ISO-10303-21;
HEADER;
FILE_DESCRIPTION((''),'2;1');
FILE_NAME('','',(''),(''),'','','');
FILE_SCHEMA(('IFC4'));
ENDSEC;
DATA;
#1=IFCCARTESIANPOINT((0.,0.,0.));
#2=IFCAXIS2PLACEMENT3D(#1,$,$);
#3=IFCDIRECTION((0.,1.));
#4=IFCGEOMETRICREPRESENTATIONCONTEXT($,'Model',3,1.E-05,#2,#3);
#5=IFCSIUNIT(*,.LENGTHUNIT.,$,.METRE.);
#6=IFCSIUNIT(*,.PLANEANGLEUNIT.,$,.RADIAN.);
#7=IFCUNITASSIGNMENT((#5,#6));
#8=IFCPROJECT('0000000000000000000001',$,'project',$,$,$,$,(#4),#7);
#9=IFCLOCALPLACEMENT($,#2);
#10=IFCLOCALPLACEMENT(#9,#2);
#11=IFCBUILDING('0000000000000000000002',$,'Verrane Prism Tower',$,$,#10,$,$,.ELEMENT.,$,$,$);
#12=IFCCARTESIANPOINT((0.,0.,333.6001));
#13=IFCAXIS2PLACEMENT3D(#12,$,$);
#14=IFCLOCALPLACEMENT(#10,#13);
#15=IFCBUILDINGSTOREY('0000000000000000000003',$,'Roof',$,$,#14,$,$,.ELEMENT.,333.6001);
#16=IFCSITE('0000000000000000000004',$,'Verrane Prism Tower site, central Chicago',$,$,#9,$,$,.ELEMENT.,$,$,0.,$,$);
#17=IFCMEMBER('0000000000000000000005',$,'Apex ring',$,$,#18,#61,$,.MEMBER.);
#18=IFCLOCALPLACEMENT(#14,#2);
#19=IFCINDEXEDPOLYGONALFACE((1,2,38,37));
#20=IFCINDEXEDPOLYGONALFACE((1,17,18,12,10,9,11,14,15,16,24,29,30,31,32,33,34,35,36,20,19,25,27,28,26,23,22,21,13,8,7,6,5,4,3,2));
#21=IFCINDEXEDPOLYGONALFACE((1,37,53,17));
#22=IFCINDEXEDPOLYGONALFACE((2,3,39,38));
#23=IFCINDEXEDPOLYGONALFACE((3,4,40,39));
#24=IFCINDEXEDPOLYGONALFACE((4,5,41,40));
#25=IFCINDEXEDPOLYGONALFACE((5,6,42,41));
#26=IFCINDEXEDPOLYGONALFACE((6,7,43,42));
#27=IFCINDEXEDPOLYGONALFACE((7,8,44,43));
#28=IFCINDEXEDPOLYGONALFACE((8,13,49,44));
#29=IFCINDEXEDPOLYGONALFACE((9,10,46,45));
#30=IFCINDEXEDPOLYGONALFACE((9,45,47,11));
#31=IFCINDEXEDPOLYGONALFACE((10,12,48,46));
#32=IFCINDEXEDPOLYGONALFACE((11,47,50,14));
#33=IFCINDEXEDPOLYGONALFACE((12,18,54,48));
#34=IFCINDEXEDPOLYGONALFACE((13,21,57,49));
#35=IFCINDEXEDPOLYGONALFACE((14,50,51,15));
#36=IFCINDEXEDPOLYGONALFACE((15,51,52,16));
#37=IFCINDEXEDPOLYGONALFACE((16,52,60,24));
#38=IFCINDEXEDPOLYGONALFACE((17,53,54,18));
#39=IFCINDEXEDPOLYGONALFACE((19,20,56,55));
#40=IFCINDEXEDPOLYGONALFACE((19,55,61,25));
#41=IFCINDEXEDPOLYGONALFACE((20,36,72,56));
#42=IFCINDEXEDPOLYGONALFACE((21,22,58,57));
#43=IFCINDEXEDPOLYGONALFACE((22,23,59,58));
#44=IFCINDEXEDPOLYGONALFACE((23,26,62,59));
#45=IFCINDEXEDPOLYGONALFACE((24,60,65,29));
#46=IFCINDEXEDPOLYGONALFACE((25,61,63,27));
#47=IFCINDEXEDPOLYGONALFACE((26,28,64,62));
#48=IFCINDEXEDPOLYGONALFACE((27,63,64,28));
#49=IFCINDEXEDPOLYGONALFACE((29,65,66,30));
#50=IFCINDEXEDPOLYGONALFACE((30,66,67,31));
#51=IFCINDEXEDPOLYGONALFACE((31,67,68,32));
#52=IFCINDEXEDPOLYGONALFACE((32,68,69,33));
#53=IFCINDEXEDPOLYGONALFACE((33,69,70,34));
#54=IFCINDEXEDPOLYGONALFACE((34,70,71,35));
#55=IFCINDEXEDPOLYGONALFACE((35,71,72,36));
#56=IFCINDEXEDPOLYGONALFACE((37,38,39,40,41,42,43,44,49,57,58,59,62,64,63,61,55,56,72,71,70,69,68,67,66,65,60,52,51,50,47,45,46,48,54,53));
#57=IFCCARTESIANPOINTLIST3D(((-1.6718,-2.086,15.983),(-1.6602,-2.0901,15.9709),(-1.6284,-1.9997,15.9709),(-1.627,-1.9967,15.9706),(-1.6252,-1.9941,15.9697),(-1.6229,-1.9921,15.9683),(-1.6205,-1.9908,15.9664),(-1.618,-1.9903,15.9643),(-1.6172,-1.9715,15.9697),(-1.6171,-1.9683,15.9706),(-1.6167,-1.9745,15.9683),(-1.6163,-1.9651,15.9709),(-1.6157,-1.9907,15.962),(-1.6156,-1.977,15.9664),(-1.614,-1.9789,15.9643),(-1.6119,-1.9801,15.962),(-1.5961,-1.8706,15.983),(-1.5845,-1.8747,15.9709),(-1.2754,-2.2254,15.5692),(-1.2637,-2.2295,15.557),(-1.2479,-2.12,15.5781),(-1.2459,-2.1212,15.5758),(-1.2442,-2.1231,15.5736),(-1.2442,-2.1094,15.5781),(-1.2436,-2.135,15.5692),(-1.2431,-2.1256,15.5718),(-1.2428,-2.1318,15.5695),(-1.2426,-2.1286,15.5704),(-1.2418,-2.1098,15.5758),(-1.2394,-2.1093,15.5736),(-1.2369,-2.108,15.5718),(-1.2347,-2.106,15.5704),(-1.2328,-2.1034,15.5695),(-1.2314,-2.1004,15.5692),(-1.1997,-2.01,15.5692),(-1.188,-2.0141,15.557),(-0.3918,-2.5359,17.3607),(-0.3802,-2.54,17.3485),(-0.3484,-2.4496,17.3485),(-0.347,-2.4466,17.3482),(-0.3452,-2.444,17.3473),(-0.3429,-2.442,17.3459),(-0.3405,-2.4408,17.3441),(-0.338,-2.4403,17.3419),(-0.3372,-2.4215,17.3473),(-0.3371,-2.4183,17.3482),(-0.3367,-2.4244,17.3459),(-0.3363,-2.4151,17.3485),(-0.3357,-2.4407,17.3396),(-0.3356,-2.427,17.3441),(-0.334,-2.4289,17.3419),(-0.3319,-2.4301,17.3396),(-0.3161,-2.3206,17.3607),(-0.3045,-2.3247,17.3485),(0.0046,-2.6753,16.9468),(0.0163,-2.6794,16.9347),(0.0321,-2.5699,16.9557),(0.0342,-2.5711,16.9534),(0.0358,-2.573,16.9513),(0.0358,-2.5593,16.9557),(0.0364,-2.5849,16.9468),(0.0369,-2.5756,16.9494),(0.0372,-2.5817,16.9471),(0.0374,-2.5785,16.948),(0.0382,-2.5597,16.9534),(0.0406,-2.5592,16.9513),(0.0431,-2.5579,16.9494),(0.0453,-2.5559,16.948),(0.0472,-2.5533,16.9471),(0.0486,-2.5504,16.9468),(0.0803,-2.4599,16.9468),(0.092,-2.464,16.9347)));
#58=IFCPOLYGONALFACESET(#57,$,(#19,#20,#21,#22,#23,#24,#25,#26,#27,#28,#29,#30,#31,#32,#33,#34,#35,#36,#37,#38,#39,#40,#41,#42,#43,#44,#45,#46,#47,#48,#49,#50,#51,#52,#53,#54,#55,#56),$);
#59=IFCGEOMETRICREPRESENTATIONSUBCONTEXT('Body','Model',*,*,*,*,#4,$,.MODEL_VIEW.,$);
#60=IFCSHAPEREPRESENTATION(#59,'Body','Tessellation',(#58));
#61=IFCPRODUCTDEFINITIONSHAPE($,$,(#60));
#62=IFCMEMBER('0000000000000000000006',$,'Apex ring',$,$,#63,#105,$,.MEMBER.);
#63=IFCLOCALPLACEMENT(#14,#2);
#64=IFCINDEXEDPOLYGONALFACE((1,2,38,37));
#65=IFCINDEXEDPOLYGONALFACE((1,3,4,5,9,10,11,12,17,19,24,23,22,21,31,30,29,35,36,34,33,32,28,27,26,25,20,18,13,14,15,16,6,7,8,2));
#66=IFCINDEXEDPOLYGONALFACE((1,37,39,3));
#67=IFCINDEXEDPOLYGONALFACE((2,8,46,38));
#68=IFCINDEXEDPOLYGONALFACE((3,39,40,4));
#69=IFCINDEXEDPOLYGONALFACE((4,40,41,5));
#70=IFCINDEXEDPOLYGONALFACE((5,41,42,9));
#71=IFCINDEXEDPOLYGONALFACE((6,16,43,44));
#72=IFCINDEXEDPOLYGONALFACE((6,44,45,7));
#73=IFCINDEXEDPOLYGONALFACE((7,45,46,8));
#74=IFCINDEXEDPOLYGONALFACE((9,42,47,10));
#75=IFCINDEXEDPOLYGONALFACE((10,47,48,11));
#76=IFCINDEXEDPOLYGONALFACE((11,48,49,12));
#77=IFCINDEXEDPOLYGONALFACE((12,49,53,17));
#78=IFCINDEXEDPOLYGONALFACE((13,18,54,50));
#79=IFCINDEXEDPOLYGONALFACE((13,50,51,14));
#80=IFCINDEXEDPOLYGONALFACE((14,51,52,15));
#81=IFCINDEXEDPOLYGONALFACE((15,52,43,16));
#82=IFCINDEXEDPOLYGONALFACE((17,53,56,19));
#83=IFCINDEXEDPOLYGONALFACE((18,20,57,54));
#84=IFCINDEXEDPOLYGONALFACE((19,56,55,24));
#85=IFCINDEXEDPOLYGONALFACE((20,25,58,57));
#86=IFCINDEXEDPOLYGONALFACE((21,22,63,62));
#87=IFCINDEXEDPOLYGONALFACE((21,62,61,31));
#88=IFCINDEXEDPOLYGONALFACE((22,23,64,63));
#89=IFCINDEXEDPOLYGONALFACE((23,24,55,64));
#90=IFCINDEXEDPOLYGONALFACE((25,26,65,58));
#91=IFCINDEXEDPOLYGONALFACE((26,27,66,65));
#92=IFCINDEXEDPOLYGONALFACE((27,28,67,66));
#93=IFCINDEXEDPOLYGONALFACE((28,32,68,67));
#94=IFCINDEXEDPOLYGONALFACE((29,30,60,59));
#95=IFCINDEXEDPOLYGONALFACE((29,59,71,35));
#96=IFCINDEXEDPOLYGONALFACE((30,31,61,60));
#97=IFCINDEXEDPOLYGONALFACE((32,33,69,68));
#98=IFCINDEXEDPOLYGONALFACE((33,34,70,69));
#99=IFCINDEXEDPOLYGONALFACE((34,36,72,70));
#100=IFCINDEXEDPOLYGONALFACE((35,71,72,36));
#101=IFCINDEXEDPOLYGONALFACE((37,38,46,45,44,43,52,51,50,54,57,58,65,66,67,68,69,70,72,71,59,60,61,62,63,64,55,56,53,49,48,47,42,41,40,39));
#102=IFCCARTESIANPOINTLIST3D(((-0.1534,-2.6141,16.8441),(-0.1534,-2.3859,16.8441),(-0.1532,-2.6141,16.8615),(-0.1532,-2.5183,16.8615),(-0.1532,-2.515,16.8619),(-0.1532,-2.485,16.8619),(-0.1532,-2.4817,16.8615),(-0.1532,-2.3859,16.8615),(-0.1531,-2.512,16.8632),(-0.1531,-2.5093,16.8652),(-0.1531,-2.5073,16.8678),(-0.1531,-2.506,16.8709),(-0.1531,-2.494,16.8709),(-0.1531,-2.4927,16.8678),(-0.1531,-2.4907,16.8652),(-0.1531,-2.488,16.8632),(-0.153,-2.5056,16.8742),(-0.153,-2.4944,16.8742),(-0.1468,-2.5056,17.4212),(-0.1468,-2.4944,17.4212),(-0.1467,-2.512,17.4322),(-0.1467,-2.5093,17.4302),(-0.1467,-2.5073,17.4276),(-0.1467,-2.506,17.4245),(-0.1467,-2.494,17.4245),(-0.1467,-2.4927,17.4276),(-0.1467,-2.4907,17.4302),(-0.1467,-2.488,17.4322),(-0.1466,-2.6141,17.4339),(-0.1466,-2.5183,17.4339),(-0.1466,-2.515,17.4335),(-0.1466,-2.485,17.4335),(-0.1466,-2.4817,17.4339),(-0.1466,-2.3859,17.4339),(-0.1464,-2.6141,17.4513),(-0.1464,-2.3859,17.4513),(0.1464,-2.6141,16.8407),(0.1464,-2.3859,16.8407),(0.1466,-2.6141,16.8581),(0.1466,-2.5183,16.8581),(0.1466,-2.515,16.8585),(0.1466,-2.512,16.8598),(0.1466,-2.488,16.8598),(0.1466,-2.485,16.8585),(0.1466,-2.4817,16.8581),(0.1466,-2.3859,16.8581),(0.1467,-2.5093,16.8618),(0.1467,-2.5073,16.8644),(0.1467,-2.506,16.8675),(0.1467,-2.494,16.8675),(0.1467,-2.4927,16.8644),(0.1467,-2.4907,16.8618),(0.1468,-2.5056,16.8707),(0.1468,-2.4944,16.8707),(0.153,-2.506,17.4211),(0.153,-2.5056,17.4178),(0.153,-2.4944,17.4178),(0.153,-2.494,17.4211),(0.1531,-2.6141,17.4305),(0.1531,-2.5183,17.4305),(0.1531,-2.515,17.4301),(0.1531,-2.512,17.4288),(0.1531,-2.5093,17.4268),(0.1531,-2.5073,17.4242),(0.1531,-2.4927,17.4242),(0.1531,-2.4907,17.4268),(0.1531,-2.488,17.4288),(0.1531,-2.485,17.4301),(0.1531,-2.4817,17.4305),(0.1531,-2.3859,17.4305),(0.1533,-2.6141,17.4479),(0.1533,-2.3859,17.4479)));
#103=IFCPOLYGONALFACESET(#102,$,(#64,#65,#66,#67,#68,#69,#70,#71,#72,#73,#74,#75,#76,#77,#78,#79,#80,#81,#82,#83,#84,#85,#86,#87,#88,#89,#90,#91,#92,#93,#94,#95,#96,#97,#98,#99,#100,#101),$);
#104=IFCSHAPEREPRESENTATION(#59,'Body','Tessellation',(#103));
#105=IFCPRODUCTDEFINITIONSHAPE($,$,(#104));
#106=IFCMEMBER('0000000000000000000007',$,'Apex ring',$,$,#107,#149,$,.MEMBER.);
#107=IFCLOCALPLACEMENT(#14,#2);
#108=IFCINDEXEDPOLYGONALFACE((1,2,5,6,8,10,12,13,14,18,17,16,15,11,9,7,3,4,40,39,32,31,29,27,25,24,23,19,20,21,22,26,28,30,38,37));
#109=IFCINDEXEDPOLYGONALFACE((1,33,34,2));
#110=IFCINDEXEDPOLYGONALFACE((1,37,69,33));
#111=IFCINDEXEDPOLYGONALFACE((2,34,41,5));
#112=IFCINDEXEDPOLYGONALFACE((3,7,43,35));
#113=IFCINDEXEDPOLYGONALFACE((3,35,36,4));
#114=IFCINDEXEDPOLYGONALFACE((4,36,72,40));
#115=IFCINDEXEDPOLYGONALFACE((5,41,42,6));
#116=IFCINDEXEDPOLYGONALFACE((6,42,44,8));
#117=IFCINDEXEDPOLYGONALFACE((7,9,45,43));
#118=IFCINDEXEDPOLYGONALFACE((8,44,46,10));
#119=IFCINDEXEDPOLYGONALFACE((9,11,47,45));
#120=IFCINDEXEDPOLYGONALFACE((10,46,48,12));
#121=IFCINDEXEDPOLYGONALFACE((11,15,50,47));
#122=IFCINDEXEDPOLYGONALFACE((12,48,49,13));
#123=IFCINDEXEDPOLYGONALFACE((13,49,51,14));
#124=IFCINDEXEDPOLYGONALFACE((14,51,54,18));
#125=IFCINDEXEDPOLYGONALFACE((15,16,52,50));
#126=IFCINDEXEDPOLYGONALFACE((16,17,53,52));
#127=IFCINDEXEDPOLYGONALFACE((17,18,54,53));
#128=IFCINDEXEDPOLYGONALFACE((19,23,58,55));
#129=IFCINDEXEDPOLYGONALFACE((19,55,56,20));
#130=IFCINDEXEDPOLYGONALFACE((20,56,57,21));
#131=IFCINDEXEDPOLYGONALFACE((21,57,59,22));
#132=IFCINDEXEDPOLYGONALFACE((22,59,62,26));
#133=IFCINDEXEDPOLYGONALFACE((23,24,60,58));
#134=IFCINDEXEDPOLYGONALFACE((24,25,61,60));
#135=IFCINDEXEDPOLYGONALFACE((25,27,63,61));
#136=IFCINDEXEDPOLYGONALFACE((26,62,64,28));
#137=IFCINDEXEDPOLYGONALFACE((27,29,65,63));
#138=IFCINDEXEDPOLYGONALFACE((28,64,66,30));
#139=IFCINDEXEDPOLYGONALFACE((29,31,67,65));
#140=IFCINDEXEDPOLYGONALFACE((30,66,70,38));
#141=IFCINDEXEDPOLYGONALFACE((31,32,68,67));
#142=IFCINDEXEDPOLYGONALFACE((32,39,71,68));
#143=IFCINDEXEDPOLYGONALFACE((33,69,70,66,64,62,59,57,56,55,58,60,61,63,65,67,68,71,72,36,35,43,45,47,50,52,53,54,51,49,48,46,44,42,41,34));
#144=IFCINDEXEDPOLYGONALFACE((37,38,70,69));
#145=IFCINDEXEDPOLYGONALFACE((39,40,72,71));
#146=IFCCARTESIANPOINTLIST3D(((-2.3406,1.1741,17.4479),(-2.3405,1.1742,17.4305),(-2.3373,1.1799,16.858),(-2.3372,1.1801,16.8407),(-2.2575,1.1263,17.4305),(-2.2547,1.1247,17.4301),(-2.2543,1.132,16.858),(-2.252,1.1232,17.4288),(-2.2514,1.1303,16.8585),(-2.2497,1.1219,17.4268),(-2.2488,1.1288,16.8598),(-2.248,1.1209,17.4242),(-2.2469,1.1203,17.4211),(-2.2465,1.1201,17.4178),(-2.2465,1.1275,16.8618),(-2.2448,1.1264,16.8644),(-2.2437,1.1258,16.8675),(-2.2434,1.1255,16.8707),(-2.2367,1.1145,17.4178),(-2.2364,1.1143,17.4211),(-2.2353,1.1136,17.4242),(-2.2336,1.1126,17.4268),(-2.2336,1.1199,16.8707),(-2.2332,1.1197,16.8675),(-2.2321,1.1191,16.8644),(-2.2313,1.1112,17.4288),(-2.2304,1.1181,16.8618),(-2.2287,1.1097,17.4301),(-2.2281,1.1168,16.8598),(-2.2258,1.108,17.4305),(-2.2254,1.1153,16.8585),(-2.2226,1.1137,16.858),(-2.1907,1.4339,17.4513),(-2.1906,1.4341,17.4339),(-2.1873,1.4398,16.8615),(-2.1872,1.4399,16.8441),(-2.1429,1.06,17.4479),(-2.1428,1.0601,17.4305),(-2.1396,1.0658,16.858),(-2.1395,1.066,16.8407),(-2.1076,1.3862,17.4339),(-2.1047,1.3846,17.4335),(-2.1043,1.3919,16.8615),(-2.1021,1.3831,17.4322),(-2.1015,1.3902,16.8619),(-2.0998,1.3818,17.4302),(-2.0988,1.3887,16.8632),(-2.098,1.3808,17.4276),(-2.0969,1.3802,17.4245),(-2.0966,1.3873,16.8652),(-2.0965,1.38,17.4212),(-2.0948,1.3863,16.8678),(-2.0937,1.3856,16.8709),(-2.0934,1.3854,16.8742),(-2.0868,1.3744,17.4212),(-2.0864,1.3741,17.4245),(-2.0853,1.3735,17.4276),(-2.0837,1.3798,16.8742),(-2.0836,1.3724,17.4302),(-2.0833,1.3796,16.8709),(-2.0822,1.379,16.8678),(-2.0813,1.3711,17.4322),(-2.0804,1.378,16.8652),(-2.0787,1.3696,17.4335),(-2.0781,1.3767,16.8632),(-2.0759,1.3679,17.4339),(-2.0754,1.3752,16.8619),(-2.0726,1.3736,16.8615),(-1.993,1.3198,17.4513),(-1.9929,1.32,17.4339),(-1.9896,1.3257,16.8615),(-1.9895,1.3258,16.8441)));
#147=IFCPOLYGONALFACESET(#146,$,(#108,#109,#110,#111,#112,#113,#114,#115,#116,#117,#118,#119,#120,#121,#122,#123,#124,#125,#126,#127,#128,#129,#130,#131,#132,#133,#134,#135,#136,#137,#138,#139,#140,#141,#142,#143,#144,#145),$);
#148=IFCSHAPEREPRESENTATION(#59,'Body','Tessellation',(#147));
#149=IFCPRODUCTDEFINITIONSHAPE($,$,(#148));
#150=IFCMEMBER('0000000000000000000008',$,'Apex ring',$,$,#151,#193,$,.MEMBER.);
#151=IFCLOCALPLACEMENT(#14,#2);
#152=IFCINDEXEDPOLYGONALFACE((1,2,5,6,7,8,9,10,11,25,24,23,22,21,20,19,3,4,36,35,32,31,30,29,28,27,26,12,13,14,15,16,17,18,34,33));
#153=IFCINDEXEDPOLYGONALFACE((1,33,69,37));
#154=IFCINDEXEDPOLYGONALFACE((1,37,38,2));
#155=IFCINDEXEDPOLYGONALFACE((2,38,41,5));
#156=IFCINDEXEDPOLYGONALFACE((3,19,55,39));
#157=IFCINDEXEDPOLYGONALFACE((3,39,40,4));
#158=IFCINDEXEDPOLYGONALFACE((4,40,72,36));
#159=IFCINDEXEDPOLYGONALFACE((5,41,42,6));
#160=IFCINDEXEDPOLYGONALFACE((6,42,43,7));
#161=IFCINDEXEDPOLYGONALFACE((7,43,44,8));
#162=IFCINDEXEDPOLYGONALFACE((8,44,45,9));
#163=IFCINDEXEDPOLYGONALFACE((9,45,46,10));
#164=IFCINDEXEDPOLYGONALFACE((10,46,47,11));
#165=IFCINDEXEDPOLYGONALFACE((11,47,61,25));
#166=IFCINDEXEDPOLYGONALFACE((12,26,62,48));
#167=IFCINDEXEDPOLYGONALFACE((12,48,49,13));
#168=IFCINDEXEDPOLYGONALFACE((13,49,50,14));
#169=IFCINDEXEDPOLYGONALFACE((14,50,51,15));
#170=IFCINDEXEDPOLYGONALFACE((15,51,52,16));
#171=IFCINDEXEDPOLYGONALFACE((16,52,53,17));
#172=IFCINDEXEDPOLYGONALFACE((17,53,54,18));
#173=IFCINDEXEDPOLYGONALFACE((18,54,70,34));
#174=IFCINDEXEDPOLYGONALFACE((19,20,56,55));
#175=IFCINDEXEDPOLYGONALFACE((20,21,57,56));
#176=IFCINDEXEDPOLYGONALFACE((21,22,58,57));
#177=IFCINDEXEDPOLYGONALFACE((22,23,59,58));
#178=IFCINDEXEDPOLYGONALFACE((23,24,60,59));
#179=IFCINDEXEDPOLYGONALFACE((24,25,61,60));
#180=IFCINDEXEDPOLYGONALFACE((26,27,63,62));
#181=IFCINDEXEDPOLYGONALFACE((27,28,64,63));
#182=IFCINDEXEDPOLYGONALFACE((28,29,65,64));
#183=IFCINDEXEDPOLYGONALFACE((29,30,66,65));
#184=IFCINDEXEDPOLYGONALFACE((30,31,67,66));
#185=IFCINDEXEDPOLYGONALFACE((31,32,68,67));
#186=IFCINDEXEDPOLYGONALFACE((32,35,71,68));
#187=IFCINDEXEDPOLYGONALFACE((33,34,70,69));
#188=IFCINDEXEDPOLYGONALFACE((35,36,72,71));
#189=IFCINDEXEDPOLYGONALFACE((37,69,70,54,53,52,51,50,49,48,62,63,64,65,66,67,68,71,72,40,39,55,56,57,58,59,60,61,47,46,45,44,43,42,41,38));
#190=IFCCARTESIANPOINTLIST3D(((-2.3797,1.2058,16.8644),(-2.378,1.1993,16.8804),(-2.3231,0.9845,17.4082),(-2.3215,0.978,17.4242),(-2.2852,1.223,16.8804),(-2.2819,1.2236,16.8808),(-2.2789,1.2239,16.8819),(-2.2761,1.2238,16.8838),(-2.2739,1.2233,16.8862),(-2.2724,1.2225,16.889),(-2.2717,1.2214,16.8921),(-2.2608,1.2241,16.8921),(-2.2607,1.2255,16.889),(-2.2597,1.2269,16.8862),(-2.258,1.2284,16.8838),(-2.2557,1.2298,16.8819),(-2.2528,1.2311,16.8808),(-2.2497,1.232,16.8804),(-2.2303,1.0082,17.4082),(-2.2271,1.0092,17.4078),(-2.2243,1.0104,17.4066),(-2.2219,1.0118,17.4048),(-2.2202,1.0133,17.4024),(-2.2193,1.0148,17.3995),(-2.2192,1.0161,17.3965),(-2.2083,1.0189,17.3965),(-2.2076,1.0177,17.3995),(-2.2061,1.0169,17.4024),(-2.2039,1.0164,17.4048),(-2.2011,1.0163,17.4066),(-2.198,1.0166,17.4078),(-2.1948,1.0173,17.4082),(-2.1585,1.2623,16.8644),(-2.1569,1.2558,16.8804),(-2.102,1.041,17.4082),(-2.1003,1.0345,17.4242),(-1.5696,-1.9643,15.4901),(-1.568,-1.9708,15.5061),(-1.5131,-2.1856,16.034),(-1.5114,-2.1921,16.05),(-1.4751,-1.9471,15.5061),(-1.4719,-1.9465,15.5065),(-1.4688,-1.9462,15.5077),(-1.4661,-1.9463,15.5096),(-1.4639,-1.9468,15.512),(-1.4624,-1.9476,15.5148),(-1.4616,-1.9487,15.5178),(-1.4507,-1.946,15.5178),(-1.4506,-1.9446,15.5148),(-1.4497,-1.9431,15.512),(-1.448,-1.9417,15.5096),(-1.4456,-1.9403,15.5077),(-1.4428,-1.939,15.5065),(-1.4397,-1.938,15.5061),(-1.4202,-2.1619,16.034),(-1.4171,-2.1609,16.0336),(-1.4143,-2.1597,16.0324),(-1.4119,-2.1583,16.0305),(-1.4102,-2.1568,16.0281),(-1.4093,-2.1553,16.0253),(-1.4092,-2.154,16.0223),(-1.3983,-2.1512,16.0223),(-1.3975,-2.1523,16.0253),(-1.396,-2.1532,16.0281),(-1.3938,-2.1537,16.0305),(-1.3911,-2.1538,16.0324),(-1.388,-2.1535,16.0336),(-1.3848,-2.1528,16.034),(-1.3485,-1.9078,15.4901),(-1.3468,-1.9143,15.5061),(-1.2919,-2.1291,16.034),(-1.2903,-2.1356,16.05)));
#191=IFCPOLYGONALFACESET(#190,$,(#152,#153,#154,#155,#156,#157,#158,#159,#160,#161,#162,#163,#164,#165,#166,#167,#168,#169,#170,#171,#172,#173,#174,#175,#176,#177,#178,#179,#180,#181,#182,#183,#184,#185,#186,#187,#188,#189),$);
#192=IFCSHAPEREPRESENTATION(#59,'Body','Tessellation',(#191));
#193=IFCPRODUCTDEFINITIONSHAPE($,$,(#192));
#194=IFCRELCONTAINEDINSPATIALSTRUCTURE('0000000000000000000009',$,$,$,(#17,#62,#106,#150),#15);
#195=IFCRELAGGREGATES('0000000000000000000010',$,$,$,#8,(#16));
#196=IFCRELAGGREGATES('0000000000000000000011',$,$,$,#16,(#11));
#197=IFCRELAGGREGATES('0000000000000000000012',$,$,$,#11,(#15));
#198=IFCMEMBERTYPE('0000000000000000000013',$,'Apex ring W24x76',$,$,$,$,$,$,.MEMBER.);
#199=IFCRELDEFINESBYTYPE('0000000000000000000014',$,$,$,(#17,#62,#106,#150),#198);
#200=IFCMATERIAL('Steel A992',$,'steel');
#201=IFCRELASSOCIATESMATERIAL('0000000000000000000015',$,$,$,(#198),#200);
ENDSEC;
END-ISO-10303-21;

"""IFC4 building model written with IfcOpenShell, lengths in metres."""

from ifc_helpers import new_model, si_unit, direction, frame, origin, origin_2d, place, context, subcontext, project, spatial, i_section, extrude, material, material_profile, profile_set, type_object, element, save


model = new_model("IFC4")

# Units and contexts
model_context = context("Model", 3, precision=1e-05, world=origin(), true_north=direction((0.0, 1.0)))
body_context = subcontext(model_context, "Body", "Model", "MODEL_VIEW")
ifc_project = project(units=[si_unit("LENGTHUNIT", "METRE"), si_unit("PLANEANGLEUNIT", "RADIAN")], contexts=[model_context])

# Site, building, storey
site_placement = place(None, origin())
site = spatial("IfcSite", under=ifc_project, at=site_placement, Name="Verrane Prism Tower site, central Chicago", CompositionType="ELEMENT", RefElevation=0.0)
building_placement = place(site_placement, origin())
building = spatial("IfcBuilding", under=site, at=building_placement, Name="Verrane Prism Tower", CompositionType="ELEMENT")
storey_placement = place(building_placement, frame((0.0, 0.0, 333.6001)))
storey = spatial("IfcBuildingStorey", under=building, at=storey_placement, Name="Roof", CompositionType="ELEMENT", Elevation=333.6001)

# Members
ifc_material_1 = material(Name="Steel A992", Category="steel")
ifc_material_profile_1 = material_profile(ifc_material_1, i_section(OverallWidth=0.2283, OverallDepth=0.6072, WebThickness=0.0112, FlangeThickness=0.0173, FilletRadius=0.0127, at=origin_2d()), Name="W24x76")
ifc_profile_set_1 = profile_set([ifc_material_profile_1], Name="Steel A992")
member_type_1 = type_object("IfcMemberType", Name="Apex ring W24x76", PredefinedType="MEMBER", material=ifc_profile_set_1)
member_1_placement = place(storey_placement, frame((-1.4299, -2.05, 15.77), z_axis=(0.66198, -0.232697, 0.712484), x_axis=(0.331625, 0.943411, 0.0)))
element("IfcMember", 1, at=member_1_placement, inside=storey, type_object=member_type_1, Name="Apex ring", PredefinedType="MEMBER", context=body_context, shape_type="SweptSolid", body=[
    extrude(i_section(OverallWidth=0.2283, OverallDepth=0.6072, WebThickness=0.0112, FlangeThickness=0.0173, FilletRadius=0.0127, at=origin_2d()), origin(), (0.0, 0.0, 1.0), 1.9336),
])
member_2_placement = place(storey_placement, frame((-0.1499, -2.5, 17.1477), z_axis=(0.999935, 0.0, -0.0114), x_axis=(0.0, 1.0, 0.0)))
element("IfcMember", 2, at=member_2_placement, inside=storey, type_object=member_type_1, Name="Apex ring", PredefinedType="MEMBER", context=body_context, shape_type="SweptSolid", body=[
    extrude(i_section(OverallWidth=0.2283, OverallDepth=0.6072, WebThickness=0.0112, FlangeThickness=0.0173, FilletRadius=0.0127, at=origin_2d()), origin(), (0.0, 0.0, 1.0), 0.2998),
])
member_3_placement = place(storey_placement, frame((-2.0901, 1.3799, 17.1477), z_axis=(-0.499784, -0.866075, -0.011396), x_axis=(0.866131, -0.499816, 0.0)))
element("IfcMember", 3, at=member_3_placement, inside=storey, type_object=member_type_1, Name="Apex ring", PredefinedType="MEMBER", context=body_context, shape_type="SweptSolid", body=[
    extrude(i_section(OverallWidth=0.2283, OverallDepth=0.6072, WebThickness=0.0112, FlangeThickness=0.0173, FilletRadius=0.0127, at=origin_2d()), origin(), (0.0, 0.0, 1.0), 0.3),
])
member_4_placement = place(storey_placement, frame((-2.24, 1.1201, 17.1443), z_axis=(0.228256, -0.893279, -0.387237), x_axis=(0.96887, 0.247571, 0.0)))
element("IfcMember", 4, at=member_4_placement, inside=storey, type_object=member_type_1, Name="Apex ring", PredefinedType="MEMBER", context=body_context, shape_type="SweptSolid", body=[
    extrude(i_section(OverallWidth=0.2283, OverallDepth=0.6072, WebThickness=0.0112, FlangeThickness=0.0173, FilletRadius=0.0127, at=origin_2d()), origin(), (0.0, 0.0, 1.0), 3.5488),
])

save(model, "model.ifc")
